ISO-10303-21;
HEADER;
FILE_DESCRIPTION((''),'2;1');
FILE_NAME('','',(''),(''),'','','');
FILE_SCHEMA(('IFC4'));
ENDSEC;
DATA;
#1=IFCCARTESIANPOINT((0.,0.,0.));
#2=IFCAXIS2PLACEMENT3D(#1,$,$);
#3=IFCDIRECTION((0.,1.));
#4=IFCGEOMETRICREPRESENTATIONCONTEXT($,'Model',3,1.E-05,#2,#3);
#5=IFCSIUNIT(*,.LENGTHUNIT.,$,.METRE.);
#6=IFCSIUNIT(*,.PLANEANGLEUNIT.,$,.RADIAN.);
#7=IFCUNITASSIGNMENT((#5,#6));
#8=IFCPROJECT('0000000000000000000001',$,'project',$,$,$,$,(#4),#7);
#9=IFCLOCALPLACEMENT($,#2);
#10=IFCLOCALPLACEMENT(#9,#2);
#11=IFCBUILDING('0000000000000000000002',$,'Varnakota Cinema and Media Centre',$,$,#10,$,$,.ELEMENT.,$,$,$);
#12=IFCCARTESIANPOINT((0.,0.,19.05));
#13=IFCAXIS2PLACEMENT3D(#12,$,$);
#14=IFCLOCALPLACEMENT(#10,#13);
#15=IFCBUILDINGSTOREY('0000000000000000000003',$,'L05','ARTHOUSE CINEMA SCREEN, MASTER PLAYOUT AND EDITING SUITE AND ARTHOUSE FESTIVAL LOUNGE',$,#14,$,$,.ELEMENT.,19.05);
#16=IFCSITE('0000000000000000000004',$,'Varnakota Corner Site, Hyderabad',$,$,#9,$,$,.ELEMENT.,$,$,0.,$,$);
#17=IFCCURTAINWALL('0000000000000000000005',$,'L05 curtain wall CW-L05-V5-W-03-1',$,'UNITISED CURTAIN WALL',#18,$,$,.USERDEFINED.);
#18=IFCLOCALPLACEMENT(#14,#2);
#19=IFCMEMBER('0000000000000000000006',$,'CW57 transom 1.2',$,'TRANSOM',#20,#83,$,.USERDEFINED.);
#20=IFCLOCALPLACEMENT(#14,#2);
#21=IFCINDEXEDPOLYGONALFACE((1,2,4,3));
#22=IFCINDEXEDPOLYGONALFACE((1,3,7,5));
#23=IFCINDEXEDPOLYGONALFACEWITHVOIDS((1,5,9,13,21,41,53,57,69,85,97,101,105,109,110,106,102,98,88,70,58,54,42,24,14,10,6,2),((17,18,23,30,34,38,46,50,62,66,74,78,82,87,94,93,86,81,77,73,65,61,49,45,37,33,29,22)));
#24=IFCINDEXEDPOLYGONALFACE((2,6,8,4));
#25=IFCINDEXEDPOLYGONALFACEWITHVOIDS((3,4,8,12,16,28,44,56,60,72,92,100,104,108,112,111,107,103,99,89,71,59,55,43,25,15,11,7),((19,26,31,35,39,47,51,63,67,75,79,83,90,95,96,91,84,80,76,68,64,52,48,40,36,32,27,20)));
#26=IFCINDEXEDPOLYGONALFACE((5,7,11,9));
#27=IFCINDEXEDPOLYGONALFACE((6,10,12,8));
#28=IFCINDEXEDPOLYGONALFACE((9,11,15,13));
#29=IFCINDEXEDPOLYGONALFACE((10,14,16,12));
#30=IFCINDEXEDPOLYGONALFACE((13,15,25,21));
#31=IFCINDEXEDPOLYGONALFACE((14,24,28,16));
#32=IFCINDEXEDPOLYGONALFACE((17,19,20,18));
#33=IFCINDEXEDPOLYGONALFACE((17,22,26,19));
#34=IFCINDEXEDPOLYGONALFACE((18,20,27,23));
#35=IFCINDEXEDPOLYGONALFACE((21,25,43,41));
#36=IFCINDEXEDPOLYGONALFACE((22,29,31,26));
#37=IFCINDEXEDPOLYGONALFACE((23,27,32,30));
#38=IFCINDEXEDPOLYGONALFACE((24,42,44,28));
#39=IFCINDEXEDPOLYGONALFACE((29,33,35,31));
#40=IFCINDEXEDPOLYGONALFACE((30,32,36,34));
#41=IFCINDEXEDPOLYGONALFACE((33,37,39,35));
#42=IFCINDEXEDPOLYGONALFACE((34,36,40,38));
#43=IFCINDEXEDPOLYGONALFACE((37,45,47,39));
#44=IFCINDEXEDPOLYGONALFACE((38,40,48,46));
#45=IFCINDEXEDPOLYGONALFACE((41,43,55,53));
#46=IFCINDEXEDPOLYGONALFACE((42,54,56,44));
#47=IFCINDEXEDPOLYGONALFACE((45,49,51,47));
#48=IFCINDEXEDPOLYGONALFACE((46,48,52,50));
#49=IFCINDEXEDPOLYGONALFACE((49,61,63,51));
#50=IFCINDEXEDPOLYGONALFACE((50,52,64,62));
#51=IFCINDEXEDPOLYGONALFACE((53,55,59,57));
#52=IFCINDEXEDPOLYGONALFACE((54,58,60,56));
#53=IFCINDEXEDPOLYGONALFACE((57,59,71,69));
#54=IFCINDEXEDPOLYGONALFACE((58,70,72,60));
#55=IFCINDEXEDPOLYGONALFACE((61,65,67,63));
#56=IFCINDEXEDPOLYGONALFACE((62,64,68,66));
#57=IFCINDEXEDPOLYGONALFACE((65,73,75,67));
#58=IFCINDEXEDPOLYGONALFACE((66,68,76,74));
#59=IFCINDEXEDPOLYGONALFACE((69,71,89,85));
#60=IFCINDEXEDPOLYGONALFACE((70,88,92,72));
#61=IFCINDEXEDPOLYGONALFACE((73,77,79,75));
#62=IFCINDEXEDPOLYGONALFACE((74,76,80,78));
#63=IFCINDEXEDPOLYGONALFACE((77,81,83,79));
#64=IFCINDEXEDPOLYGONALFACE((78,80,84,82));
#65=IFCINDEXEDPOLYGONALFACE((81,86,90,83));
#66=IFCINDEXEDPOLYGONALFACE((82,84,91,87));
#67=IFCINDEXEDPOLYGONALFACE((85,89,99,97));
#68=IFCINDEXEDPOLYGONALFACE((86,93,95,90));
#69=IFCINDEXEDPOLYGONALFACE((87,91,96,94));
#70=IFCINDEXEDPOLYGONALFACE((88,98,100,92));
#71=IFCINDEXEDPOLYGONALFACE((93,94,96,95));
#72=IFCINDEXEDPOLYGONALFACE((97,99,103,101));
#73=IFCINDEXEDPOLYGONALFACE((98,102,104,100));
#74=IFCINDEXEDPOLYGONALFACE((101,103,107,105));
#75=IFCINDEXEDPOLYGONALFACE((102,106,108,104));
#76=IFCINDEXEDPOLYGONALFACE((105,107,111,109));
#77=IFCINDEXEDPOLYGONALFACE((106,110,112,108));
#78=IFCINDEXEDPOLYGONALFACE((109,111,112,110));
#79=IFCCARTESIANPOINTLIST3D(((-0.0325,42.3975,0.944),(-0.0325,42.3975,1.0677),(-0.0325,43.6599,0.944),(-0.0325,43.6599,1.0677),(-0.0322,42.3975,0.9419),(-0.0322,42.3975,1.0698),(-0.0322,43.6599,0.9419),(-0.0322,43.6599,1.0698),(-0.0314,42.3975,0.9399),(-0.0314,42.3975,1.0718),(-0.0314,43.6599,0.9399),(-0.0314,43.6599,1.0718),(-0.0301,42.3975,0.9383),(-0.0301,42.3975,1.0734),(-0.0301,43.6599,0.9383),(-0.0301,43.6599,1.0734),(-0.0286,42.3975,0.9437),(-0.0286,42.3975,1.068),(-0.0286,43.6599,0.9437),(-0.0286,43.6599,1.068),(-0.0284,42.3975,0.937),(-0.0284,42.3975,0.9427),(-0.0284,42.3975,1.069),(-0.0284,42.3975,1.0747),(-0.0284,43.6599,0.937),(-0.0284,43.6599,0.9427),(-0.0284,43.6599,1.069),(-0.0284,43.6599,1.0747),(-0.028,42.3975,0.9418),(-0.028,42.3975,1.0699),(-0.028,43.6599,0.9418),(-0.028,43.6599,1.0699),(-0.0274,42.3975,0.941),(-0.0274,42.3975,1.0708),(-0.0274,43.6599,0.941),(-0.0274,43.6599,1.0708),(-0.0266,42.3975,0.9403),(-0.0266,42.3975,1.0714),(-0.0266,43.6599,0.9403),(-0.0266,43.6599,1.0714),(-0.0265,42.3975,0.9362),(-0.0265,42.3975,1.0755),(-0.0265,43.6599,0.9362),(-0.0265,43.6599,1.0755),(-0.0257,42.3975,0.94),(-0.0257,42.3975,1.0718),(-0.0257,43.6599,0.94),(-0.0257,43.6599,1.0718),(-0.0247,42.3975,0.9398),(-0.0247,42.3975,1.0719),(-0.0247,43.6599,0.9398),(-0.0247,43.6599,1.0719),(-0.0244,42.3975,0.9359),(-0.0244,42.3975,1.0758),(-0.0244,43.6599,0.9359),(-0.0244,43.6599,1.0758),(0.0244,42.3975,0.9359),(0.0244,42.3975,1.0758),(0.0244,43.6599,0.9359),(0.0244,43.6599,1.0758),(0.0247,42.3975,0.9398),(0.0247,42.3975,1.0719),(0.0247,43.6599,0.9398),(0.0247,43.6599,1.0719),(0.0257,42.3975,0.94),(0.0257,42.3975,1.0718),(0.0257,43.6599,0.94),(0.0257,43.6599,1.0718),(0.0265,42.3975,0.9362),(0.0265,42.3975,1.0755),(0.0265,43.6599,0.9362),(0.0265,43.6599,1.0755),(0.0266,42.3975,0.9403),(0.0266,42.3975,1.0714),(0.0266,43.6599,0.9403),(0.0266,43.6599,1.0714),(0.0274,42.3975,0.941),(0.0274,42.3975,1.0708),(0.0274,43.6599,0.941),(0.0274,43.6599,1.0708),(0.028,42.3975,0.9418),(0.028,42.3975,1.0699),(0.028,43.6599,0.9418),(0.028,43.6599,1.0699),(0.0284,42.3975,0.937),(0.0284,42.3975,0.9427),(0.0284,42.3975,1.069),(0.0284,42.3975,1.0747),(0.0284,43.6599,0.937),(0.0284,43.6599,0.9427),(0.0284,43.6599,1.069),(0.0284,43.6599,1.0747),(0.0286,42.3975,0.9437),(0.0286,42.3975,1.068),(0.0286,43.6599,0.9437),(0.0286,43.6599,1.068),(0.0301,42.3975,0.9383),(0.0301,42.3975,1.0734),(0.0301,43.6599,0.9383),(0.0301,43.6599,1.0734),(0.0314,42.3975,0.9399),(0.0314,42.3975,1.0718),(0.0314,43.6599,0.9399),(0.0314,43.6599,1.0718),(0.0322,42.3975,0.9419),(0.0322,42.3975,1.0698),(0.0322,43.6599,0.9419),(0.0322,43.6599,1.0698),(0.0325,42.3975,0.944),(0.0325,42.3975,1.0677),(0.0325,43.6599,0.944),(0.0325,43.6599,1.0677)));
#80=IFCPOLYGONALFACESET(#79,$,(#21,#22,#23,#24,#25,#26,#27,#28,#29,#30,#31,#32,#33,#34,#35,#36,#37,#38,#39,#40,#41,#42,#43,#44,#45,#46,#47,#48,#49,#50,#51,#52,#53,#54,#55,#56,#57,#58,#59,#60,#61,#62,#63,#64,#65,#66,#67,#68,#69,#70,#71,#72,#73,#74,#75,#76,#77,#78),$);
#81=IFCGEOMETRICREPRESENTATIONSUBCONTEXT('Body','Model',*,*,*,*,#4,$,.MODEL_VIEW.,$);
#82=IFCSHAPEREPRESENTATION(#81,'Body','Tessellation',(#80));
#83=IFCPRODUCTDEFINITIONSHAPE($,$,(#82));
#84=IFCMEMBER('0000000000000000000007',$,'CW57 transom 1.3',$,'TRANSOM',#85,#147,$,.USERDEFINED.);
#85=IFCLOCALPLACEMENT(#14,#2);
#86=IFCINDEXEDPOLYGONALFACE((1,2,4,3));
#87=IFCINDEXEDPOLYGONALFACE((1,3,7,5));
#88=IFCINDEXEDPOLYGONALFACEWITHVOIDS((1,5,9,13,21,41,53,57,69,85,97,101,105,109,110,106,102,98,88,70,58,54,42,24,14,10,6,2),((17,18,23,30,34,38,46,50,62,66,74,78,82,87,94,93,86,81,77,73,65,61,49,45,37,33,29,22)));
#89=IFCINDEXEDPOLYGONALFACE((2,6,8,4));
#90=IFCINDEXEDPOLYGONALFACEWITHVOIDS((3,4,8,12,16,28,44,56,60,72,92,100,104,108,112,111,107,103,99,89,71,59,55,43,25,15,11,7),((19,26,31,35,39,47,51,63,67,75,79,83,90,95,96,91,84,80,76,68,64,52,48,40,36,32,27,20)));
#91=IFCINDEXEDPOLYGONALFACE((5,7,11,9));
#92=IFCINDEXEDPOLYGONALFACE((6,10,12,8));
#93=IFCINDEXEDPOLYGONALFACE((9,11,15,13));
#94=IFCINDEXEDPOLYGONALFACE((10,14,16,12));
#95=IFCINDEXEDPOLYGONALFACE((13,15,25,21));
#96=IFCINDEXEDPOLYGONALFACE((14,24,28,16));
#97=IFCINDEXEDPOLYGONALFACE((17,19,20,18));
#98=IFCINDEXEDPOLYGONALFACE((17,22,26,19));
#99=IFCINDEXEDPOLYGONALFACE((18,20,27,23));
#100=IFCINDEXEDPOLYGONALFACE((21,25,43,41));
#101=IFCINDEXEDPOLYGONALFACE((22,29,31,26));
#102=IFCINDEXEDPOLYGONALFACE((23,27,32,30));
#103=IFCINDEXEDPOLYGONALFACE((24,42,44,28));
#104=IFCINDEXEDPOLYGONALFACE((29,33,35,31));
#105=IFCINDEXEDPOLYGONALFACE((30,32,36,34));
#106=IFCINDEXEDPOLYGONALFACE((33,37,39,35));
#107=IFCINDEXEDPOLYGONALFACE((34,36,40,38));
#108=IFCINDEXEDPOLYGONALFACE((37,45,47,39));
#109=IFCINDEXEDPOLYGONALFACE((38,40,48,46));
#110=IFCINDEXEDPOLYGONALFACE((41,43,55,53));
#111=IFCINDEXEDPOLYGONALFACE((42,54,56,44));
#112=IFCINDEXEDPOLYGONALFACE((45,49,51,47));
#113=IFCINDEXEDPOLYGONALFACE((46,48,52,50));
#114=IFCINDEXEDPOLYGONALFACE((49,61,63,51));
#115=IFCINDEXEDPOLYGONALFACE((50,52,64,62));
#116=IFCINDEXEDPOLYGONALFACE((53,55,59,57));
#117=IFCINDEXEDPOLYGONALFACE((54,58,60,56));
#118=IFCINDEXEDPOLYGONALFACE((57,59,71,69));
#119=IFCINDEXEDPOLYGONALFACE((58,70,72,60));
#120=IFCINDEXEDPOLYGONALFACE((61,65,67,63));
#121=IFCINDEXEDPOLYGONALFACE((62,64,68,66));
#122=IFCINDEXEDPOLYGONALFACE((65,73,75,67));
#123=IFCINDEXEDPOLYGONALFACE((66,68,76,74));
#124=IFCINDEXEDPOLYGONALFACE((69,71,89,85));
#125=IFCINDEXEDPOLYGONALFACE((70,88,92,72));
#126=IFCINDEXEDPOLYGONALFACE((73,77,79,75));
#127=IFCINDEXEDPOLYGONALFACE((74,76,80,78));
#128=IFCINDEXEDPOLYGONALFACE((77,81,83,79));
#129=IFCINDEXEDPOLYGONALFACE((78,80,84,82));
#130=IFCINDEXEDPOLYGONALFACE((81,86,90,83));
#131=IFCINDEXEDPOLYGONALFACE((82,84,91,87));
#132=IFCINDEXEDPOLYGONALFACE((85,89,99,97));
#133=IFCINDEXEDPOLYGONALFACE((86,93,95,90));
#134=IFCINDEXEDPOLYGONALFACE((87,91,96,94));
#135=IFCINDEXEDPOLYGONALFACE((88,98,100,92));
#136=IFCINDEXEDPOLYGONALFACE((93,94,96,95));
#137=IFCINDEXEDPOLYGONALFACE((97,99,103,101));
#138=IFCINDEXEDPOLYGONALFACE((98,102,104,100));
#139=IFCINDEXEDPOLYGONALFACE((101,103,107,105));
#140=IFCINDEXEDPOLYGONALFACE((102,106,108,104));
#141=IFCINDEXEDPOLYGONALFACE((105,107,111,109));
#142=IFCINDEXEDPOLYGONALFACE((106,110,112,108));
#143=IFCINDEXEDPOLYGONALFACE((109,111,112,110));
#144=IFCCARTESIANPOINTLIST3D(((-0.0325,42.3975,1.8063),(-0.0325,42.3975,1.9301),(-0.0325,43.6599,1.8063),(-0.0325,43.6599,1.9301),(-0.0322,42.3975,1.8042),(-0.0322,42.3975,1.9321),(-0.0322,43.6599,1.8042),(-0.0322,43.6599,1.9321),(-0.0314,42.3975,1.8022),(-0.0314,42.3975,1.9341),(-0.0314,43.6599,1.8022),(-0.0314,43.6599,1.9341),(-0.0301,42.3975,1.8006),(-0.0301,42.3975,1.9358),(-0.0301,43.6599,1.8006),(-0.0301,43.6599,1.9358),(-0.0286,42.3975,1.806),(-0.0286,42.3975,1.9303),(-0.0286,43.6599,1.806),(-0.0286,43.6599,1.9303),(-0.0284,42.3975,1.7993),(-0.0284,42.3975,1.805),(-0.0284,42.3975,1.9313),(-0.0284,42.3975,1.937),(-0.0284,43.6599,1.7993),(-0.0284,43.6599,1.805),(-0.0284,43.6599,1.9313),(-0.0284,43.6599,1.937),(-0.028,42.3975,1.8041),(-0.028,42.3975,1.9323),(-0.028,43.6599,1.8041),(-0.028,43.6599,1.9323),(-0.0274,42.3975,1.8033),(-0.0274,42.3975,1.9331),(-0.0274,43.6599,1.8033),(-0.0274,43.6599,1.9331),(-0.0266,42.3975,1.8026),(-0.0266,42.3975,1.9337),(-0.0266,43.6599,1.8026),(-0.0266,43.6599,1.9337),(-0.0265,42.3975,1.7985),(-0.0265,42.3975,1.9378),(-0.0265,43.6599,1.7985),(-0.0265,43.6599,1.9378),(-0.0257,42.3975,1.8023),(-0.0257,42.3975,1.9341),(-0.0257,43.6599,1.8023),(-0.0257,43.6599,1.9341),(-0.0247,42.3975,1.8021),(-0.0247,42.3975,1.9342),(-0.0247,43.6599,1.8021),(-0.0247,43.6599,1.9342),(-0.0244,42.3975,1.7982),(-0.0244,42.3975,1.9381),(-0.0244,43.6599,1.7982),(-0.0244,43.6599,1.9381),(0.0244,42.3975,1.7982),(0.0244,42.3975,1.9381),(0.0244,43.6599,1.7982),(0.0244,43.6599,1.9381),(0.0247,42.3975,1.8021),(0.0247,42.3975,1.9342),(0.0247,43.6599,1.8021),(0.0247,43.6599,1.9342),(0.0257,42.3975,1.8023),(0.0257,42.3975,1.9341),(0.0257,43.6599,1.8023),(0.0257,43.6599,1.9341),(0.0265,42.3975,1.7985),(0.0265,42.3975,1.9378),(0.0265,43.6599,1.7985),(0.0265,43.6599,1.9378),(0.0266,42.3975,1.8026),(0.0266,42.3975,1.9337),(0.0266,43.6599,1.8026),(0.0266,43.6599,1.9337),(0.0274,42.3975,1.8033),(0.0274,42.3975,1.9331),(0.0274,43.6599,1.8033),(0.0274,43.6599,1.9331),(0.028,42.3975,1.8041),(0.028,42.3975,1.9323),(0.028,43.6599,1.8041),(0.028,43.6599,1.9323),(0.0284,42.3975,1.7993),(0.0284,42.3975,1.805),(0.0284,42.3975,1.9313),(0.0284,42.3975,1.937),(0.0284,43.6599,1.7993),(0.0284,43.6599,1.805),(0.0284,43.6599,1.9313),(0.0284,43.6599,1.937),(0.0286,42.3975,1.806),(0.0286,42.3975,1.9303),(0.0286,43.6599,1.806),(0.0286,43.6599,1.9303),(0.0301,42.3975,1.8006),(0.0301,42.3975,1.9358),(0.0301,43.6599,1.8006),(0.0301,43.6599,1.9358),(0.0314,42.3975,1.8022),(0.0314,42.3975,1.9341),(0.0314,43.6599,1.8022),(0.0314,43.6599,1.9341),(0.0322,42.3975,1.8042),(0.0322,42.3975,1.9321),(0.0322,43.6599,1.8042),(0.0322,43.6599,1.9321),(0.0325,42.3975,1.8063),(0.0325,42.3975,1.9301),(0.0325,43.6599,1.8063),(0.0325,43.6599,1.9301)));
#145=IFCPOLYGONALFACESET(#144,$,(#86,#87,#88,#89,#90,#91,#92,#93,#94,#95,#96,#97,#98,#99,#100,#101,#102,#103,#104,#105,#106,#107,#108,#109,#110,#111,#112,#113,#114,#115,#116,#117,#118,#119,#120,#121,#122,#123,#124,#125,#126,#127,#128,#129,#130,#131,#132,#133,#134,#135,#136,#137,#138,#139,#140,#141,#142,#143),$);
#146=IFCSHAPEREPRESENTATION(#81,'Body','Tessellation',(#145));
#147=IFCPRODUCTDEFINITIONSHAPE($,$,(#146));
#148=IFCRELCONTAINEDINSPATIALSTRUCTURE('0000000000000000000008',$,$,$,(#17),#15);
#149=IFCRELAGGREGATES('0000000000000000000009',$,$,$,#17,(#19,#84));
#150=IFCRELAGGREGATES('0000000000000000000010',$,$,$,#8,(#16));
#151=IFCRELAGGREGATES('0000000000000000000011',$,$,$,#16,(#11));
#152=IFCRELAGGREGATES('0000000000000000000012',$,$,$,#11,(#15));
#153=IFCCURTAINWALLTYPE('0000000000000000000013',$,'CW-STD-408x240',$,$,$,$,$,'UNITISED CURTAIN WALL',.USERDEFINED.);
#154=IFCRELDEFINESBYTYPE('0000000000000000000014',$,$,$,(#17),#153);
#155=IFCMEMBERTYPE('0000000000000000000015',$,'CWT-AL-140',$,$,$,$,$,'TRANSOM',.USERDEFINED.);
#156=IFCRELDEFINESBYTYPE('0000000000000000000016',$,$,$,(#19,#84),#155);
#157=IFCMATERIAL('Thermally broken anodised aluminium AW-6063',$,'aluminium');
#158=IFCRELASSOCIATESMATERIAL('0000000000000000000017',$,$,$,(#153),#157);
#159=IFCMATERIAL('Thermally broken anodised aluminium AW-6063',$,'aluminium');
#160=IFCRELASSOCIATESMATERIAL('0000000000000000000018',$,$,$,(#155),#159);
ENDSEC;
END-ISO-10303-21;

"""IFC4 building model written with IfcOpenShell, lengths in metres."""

from ifc_helpers import new_model, si_unit, direction, frame, origin, origin_2d, place, context, subcontext, project, spatial, hollow_rectangle, extrude, material, material_profile, profile_set, type_object, element, aggregate, save


model = new_model("IFC4")

# Units and contexts
model_context = context("Model", 3, precision=1e-05, world=origin(), true_north=direction((0.0, 1.0)))
body_context = subcontext(model_context, "Body", "Model", "MODEL_VIEW")
ifc_project = project(units=[si_unit("LENGTHUNIT", "METRE"), si_unit("PLANEANGLEUNIT", "RADIAN")], contexts=[model_context])

# Site, building, storey
site_placement = place(None, origin())
site = spatial("IfcSite", under=ifc_project, at=site_placement, Name="Varnakota Corner Site, Hyderabad", CompositionType="ELEMENT", RefElevation=0.0)
building_placement = place(site_placement, origin())
building = spatial("IfcBuilding", under=site, at=building_placement, Name="Varnakota Cinema and Media Centre", CompositionType="ELEMENT")
storey_placement = place(building_placement, frame((0.0, 0.0, 19.05)))
storey = spatial("IfcBuildingStorey", under=building, at=storey_placement, Name="L05", Description="ARTHOUSE CINEMA SCREEN, MASTER PLAYOUT AND EDITING SUITE AND ARTHOUSE FESTIVAL LOUNGE", CompositionType="ELEMENT", Elevation=19.05)

# Curtain wall
ifc_material_1 = material(Name="Thermally broken anodised aluminium AW-6063", Category="aluminium")
curtain_wall_type_1 = type_object("IfcCurtainWallType", Name="CW-STD-408x240", ElementType="UNITISED CURTAIN WALL", PredefinedType="USERDEFINED", material=ifc_material_1)
curtain_wall_1_placement = place(storey_placement, origin())
curtain_wall_1 = element("IfcCurtainWall", 1, at=curtain_wall_1_placement, inside=storey, type_object=curtain_wall_type_1, Name="L05 curtain wall CW-L05-V5-W-03-1", ObjectType="UNITISED CURTAIN WALL", PredefinedType="USERDEFINED")

# Members
ifc_material_2 = material(Name="Thermally broken anodised aluminium AW-6063", Category="aluminium")
ifc_material_profile_1 = material_profile(ifc_material_2, hollow_rectangle(XDim=0.0649, YDim=0.1399, WallThickness=0.0039, InnerFilletRadius=0.0039, OuterFilletRadius=0.0081, at=origin_2d()), Name="AL-TRANSOM 140x65x4")
ifc_profile_set_1 = profile_set([ifc_material_profile_1], Name="Thermally broken anodised aluminium AW-6063")
member_type_1 = type_object("IfcMemberType", Name="CWT-AL-140", ElementType="TRANSOM", PredefinedType="USERDEFINED", material=ifc_profile_set_1)
member_1_placement = place(storey_placement, frame((0.0, 43.6599, 1.0059), z_axis=(0.0, -1.0, 0.0), x_axis=(1.0, 0.0, 0.0)))
member_1 = element("IfcMember", 2, at=member_1_placement, type_object=member_type_1, Name="CW57 transom 1.2", ObjectType="TRANSOM", PredefinedType="USERDEFINED", context=body_context, shape_type="SweptSolid", body=[
    extrude(hollow_rectangle(XDim=0.0649, YDim=0.1399, WallThickness=0.0039, InnerFilletRadius=0.0039, OuterFilletRadius=0.0081, at=origin_2d()), origin(), (0.0, 0.0, 1.0), 1.2625),
])
member_2_placement = place(storey_placement, frame((0.0, 43.6599, 1.8682), z_axis=(0.0, -1.0, 0.0), x_axis=(1.0, 0.0, 0.0)))
member_2 = element("IfcMember", 3, at=member_2_placement, type_object=member_type_1, Name="CW57 transom 1.3", ObjectType="TRANSOM", PredefinedType="USERDEFINED", context=body_context, shape_type="SweptSolid", body=[
    extrude(hollow_rectangle(XDim=0.0649, YDim=0.1399, WallThickness=0.0039, InnerFilletRadius=0.0039, OuterFilletRadius=0.0081, at=origin_2d()), origin(), (0.0, 0.0, 1.0), 1.2625),
])

aggregate(curtain_wall_1, [member_1, member_2])

save(model, "model.ifc")
